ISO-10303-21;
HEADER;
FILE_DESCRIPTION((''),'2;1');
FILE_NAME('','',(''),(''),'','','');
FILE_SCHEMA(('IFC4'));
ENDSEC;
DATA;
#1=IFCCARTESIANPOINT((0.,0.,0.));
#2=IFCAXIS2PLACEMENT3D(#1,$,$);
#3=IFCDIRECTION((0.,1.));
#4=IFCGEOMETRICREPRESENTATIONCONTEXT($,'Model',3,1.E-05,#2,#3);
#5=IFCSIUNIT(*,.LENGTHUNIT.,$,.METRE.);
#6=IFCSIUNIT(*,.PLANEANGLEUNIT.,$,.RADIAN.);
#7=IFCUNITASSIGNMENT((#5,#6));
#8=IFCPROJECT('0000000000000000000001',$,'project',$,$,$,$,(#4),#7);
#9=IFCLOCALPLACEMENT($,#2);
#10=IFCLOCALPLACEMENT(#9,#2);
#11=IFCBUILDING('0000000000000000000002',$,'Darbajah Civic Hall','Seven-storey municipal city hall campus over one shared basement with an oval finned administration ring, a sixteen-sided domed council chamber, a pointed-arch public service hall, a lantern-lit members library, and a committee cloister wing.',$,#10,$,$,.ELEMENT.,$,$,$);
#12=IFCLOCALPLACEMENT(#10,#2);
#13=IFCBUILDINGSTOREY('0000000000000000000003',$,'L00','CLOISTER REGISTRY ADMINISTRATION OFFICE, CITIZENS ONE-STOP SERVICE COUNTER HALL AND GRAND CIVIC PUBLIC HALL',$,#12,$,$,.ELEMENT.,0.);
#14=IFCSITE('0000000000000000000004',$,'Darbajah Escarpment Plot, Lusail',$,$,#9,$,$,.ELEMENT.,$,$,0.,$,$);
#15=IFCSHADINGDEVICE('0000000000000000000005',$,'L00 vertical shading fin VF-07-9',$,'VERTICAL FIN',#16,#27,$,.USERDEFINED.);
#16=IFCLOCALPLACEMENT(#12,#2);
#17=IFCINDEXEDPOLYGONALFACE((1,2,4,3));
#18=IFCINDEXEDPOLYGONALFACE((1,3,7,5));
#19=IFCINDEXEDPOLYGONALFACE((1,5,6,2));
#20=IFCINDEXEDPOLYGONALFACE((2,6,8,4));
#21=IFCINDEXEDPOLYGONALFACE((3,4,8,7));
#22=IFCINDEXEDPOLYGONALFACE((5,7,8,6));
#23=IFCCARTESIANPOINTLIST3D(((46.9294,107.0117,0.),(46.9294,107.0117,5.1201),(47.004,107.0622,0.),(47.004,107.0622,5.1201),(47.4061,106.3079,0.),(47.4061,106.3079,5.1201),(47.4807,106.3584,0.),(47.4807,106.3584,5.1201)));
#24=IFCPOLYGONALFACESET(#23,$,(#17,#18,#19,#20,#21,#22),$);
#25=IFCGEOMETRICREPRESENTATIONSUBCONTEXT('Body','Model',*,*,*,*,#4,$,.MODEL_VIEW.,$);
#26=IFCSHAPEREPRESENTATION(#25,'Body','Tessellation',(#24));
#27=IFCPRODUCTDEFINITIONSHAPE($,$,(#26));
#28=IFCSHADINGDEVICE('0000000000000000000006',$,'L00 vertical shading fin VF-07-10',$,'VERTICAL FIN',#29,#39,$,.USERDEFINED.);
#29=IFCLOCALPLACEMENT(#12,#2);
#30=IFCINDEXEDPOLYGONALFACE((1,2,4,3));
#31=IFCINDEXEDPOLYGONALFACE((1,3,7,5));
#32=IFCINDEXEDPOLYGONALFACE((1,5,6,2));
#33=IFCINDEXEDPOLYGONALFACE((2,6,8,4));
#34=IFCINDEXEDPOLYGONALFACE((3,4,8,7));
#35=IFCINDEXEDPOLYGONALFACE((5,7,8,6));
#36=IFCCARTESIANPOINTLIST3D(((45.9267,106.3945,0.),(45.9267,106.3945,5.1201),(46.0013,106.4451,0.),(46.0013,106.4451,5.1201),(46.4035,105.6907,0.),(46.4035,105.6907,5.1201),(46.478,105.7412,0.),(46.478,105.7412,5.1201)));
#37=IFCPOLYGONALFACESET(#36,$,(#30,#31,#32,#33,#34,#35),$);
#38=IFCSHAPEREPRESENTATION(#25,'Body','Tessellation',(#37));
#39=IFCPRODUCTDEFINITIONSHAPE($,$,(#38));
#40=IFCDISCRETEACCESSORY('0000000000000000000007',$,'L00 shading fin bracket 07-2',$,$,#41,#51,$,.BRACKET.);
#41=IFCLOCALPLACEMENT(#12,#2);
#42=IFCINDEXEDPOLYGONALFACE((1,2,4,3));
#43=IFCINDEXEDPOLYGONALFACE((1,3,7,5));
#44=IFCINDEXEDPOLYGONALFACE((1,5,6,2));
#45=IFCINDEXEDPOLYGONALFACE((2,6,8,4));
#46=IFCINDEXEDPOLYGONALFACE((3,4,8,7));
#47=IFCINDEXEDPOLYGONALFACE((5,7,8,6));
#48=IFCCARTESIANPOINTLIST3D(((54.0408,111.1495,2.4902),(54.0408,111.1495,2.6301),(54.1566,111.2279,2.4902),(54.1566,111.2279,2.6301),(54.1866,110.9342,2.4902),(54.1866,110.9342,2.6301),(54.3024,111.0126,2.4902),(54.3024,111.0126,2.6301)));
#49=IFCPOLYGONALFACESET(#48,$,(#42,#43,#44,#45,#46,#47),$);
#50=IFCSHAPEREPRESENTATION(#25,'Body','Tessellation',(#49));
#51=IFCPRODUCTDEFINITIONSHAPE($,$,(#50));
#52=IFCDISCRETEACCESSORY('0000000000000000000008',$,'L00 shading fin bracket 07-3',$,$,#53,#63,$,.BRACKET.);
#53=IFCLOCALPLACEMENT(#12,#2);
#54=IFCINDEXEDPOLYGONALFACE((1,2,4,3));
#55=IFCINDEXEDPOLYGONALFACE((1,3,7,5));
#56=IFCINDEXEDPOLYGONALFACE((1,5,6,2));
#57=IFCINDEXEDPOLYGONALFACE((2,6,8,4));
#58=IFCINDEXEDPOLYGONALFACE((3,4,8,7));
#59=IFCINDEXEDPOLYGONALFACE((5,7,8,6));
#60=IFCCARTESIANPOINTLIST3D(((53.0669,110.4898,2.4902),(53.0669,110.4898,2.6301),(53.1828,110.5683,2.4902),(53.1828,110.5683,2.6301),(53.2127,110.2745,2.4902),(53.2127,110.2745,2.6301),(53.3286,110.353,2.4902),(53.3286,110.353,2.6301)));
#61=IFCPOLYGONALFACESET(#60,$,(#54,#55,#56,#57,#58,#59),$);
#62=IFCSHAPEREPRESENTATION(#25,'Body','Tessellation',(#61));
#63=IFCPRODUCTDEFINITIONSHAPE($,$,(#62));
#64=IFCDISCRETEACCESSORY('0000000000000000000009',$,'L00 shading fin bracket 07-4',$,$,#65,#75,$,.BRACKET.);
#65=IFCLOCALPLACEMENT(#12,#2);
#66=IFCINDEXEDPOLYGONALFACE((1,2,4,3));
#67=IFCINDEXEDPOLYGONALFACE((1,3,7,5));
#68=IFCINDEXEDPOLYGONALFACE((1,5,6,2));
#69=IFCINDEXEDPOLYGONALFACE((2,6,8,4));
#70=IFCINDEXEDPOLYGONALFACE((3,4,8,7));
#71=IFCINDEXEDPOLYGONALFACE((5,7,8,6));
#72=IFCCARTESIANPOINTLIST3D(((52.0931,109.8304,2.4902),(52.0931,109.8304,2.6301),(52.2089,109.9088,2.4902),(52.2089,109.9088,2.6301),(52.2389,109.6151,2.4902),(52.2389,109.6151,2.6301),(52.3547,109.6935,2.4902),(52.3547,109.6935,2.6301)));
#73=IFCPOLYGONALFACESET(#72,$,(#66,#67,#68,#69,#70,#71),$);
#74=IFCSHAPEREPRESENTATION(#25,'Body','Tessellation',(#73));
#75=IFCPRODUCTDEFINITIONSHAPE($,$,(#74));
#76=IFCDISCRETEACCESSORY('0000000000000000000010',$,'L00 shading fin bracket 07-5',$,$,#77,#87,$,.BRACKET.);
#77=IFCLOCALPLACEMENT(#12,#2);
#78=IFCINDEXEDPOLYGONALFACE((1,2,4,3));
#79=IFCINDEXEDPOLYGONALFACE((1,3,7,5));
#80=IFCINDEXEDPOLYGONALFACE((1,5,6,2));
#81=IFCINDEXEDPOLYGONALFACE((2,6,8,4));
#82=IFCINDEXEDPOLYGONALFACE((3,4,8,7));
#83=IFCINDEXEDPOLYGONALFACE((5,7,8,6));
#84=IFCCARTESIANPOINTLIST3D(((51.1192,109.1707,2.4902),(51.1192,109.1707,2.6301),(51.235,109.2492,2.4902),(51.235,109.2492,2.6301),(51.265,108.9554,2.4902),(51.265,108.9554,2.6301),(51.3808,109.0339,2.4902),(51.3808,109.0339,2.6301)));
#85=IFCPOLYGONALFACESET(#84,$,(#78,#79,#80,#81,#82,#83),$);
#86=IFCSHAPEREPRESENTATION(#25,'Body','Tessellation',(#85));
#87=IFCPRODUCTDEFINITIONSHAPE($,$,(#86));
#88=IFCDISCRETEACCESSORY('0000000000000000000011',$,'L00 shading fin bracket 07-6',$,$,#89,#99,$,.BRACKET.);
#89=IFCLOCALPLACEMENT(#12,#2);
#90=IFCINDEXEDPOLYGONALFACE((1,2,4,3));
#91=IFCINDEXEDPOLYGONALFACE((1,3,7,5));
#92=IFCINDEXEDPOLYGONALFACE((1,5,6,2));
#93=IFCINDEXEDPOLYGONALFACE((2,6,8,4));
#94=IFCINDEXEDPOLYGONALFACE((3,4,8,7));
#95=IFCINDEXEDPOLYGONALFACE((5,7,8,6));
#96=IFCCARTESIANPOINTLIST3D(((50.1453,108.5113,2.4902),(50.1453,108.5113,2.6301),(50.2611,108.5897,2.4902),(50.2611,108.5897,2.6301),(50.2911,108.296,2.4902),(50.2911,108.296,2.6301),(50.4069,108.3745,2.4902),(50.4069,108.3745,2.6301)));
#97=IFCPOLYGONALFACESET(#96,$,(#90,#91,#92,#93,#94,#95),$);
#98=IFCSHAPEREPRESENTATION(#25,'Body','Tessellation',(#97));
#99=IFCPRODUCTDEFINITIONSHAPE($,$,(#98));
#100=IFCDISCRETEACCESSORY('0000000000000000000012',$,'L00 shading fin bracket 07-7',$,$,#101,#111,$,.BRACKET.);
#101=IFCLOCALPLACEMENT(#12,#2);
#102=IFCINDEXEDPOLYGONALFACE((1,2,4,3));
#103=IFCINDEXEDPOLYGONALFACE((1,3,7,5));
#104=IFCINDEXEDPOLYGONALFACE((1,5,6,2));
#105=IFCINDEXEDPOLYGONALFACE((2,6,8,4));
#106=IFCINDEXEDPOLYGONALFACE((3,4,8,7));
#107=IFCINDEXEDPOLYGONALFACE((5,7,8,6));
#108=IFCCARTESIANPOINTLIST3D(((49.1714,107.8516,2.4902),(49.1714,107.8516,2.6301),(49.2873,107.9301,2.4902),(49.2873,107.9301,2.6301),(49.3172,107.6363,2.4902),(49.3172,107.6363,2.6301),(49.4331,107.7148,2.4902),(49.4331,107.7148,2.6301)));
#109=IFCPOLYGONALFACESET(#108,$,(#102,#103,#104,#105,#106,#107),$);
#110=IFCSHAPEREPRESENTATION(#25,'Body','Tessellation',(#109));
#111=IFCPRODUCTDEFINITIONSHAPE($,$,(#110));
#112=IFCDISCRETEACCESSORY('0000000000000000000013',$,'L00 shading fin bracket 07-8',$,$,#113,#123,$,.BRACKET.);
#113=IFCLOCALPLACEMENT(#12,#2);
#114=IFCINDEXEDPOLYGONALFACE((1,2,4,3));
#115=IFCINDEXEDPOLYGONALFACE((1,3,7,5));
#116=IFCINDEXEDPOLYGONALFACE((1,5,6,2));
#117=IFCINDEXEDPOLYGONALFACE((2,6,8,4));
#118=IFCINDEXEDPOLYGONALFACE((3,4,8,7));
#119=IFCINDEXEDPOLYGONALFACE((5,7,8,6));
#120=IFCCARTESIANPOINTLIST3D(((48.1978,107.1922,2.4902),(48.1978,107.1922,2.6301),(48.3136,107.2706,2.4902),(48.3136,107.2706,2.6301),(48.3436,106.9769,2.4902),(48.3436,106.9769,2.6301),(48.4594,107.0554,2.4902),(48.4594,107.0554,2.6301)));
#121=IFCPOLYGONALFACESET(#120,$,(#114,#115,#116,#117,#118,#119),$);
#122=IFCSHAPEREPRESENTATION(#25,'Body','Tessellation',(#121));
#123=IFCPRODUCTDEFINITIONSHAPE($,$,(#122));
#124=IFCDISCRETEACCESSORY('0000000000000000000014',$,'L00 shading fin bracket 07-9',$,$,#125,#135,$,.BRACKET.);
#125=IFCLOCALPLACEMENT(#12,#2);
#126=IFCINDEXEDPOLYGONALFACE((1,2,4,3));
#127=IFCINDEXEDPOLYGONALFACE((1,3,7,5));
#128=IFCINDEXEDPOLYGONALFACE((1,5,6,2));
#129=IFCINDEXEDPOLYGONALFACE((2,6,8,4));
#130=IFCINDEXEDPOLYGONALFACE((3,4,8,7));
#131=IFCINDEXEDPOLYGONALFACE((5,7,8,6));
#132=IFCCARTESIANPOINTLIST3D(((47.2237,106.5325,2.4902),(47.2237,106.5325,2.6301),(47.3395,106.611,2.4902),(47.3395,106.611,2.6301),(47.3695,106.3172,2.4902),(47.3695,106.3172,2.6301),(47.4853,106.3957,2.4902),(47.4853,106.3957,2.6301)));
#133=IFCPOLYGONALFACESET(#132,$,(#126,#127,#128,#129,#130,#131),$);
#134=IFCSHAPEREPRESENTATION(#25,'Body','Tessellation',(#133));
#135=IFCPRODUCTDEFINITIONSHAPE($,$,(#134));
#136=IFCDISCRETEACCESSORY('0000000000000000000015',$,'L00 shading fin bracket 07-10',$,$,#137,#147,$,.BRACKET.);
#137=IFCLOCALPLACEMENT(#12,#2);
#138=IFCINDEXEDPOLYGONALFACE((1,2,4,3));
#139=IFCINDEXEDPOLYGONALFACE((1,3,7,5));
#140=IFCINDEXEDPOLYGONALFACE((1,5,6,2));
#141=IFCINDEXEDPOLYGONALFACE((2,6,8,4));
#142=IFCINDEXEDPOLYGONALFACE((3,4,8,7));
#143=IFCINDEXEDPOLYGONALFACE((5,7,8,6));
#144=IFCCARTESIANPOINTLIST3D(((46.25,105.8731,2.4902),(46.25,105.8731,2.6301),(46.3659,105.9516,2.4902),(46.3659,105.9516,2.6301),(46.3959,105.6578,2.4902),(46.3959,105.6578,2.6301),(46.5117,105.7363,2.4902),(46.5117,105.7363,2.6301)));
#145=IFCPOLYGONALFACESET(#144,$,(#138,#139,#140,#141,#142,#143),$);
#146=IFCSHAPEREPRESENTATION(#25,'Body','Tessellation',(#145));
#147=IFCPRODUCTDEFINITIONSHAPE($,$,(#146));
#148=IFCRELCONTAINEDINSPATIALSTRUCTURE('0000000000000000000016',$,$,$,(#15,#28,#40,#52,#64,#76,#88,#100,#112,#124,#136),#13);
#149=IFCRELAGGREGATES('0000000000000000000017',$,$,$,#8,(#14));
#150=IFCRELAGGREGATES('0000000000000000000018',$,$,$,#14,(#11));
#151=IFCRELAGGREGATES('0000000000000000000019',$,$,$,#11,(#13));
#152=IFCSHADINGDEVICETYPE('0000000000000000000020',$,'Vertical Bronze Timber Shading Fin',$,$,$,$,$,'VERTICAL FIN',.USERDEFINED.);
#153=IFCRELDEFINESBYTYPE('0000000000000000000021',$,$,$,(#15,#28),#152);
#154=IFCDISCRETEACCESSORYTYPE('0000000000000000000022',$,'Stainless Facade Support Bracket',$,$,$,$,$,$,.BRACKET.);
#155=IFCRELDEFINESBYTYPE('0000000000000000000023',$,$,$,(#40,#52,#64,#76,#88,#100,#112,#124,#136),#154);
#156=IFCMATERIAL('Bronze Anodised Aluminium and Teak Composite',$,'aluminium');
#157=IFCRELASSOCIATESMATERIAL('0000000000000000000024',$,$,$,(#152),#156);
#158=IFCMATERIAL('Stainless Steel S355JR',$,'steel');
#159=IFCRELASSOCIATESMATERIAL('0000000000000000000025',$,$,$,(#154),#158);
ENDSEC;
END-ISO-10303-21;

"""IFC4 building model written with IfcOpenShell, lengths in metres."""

from ifc_helpers import new_model, si_unit, direction, frame, origin, origin_2d, place, context, subcontext, project, spatial, rectangle, extrude, material, type_object, element, save


model = new_model("IFC4")

# Units and contexts
model_context = context("Model", 3, precision=1e-05, world=origin(), true_north=direction((0.0, 1.0)))
body_context = subcontext(model_context, "Body", "Model", "MODEL_VIEW")
ifc_project = project(units=[si_unit("LENGTHUNIT", "METRE"), si_unit("PLANEANGLEUNIT", "RADIAN")], contexts=[model_context])

# Site, building, storey
site_placement = place(None, origin())
site = spatial("IfcSite", under=ifc_project, at=site_placement, Name="Darbajah Escarpment Plot, Lusail", CompositionType="ELEMENT", RefElevation=0.0)
building_placement = place(site_placement, origin())
building = spatial("IfcBuilding", under=site, at=building_placement, Name="Darbajah Civic Hall", Description="Seven-storey municipal city hall campus over one shared basement with an oval finned administration ring, a sixteen-sided domed council chamber, a pointed-arch public service hall, a lantern-lit members library, and a committee cloister wing.", CompositionType="ELEMENT")
storey_placement = place(building_placement, origin())
storey = spatial("IfcBuildingStorey", under=building, at=storey_placement, Name="L00", Description="CLOISTER REGISTRY ADMINISTRATION OFFICE, CITIZENS ONE-STOP SERVICE COUNTER HALL AND GRAND CIVIC PUBLIC HALL", CompositionType="ELEMENT", Elevation=0.0)

# Shading devices
ifc_material_1 = material(Name="Bronze Anodised Aluminium and Teak Composite", Category="aluminium")
shading_device_type = type_object("IfcShadingDeviceType", Name="Vertical Bronze Timber Shading Fin", ElementType="VERTICAL FIN", PredefinedType="USERDEFINED", material=ifc_material_1)
for number, where, z_axis, x_axis, name in (
    (1, (47.2051, 106.6851, 0.0), (0.0, 0.0, 1.0), (-0.560784, 0.827962, 0.0), "L00 vertical shading fin VF-07-9"),
    (2, (46.2024, 106.0679, 0.0), (0.0, 0.0, 1.0), (-0.560784, 0.827962, 0.0), "L00 vertical shading fin VF-07-10"),
):
    element("IfcShadingDevice", number, at=place(storey_placement, frame(where, z_axis=z_axis, x_axis=x_axis)), inside=storey, type_object=shading_device_type, Name=name, ObjectType="VERTICAL FIN", PredefinedType="USERDEFINED", context=body_context, shape_type="SweptSolid", body=[
        extrude(rectangle(XDim=0.8501, YDim=0.0901, at=origin_2d()), origin(), (0.0, 0.0, 1.0), 5.1201),
    ])

# Discrete accessories
ifc_material_2 = material(Name="Stainless Steel S355JR", Category="steel")
discrete_accessory_type = type_object("IfcDiscreteAccessoryType", Name="Stainless Facade Support Bracket", PredefinedType="BRACKET", material=ifc_material_2)
for number, where, z_axis, x_axis, name in (
    (3, (54.1716, 111.0811, 2.4902), (0.0, 0.0, 1.0), (-0.560784, 0.827962, 0.0), "L00 shading fin bracket 07-2"),
    (4, (53.1978, 110.4214, 2.4902), (0.0, 0.0, 1.0), (-0.560784, 0.827962, 0.0), "L00 shading fin bracket 07-3"),
    (5, (52.2239, 109.762, 2.4902), (0.0, 0.0, 1.0), (-0.560784, 0.827962, 0.0), "L00 shading fin bracket 07-4"),
    (6, (51.25, 109.1023, 2.4902), (0.0, 0.0, 1.0), (-0.560784, 0.827962, 0.0), "L00 shading fin bracket 07-5"),
    (7, (50.2761, 108.4429, 2.4902), (0.0, 0.0, 1.0), (-0.560784, 0.827962, 0.0), "L00 shading fin bracket 07-6"),
    (8, (49.3022, 107.7832, 2.4902), (0.0, 0.0, 1.0), (-0.560784, 0.827962, 0.0), "L00 shading fin bracket 07-7"),
    (9, (48.3286, 107.1238, 2.4902), (0.0, 0.0, 1.0), (-0.560784, 0.827962, 0.0), "L00 shading fin bracket 07-8"),
    (10, (47.3545, 106.4641, 2.4902), (0.0, 0.0, 1.0), (-0.560784, 0.827962, 0.0), "L00 shading fin bracket 07-9"),
    (11, (46.3809, 105.8047, 2.4902), (0.0, 0.0, 1.0), (-0.560784, 0.827962, 0.0), "L00 shading fin bracket 07-10"),
):
    element("IfcDiscreteAccessory", number, at=place(storey_placement, frame(where, z_axis=z_axis, x_axis=x_axis)), inside=storey, type_object=discrete_accessory_type, Name=name, PredefinedType="BRACKET", context=body_context, shape_type="SweptSolid", body=[
        extrude(rectangle(XDim=0.26, YDim=0.1399, at=origin_2d()), origin(), (0.0, 0.0, 1.0), 0.1399),
    ])

save(model, "model.ifc")
